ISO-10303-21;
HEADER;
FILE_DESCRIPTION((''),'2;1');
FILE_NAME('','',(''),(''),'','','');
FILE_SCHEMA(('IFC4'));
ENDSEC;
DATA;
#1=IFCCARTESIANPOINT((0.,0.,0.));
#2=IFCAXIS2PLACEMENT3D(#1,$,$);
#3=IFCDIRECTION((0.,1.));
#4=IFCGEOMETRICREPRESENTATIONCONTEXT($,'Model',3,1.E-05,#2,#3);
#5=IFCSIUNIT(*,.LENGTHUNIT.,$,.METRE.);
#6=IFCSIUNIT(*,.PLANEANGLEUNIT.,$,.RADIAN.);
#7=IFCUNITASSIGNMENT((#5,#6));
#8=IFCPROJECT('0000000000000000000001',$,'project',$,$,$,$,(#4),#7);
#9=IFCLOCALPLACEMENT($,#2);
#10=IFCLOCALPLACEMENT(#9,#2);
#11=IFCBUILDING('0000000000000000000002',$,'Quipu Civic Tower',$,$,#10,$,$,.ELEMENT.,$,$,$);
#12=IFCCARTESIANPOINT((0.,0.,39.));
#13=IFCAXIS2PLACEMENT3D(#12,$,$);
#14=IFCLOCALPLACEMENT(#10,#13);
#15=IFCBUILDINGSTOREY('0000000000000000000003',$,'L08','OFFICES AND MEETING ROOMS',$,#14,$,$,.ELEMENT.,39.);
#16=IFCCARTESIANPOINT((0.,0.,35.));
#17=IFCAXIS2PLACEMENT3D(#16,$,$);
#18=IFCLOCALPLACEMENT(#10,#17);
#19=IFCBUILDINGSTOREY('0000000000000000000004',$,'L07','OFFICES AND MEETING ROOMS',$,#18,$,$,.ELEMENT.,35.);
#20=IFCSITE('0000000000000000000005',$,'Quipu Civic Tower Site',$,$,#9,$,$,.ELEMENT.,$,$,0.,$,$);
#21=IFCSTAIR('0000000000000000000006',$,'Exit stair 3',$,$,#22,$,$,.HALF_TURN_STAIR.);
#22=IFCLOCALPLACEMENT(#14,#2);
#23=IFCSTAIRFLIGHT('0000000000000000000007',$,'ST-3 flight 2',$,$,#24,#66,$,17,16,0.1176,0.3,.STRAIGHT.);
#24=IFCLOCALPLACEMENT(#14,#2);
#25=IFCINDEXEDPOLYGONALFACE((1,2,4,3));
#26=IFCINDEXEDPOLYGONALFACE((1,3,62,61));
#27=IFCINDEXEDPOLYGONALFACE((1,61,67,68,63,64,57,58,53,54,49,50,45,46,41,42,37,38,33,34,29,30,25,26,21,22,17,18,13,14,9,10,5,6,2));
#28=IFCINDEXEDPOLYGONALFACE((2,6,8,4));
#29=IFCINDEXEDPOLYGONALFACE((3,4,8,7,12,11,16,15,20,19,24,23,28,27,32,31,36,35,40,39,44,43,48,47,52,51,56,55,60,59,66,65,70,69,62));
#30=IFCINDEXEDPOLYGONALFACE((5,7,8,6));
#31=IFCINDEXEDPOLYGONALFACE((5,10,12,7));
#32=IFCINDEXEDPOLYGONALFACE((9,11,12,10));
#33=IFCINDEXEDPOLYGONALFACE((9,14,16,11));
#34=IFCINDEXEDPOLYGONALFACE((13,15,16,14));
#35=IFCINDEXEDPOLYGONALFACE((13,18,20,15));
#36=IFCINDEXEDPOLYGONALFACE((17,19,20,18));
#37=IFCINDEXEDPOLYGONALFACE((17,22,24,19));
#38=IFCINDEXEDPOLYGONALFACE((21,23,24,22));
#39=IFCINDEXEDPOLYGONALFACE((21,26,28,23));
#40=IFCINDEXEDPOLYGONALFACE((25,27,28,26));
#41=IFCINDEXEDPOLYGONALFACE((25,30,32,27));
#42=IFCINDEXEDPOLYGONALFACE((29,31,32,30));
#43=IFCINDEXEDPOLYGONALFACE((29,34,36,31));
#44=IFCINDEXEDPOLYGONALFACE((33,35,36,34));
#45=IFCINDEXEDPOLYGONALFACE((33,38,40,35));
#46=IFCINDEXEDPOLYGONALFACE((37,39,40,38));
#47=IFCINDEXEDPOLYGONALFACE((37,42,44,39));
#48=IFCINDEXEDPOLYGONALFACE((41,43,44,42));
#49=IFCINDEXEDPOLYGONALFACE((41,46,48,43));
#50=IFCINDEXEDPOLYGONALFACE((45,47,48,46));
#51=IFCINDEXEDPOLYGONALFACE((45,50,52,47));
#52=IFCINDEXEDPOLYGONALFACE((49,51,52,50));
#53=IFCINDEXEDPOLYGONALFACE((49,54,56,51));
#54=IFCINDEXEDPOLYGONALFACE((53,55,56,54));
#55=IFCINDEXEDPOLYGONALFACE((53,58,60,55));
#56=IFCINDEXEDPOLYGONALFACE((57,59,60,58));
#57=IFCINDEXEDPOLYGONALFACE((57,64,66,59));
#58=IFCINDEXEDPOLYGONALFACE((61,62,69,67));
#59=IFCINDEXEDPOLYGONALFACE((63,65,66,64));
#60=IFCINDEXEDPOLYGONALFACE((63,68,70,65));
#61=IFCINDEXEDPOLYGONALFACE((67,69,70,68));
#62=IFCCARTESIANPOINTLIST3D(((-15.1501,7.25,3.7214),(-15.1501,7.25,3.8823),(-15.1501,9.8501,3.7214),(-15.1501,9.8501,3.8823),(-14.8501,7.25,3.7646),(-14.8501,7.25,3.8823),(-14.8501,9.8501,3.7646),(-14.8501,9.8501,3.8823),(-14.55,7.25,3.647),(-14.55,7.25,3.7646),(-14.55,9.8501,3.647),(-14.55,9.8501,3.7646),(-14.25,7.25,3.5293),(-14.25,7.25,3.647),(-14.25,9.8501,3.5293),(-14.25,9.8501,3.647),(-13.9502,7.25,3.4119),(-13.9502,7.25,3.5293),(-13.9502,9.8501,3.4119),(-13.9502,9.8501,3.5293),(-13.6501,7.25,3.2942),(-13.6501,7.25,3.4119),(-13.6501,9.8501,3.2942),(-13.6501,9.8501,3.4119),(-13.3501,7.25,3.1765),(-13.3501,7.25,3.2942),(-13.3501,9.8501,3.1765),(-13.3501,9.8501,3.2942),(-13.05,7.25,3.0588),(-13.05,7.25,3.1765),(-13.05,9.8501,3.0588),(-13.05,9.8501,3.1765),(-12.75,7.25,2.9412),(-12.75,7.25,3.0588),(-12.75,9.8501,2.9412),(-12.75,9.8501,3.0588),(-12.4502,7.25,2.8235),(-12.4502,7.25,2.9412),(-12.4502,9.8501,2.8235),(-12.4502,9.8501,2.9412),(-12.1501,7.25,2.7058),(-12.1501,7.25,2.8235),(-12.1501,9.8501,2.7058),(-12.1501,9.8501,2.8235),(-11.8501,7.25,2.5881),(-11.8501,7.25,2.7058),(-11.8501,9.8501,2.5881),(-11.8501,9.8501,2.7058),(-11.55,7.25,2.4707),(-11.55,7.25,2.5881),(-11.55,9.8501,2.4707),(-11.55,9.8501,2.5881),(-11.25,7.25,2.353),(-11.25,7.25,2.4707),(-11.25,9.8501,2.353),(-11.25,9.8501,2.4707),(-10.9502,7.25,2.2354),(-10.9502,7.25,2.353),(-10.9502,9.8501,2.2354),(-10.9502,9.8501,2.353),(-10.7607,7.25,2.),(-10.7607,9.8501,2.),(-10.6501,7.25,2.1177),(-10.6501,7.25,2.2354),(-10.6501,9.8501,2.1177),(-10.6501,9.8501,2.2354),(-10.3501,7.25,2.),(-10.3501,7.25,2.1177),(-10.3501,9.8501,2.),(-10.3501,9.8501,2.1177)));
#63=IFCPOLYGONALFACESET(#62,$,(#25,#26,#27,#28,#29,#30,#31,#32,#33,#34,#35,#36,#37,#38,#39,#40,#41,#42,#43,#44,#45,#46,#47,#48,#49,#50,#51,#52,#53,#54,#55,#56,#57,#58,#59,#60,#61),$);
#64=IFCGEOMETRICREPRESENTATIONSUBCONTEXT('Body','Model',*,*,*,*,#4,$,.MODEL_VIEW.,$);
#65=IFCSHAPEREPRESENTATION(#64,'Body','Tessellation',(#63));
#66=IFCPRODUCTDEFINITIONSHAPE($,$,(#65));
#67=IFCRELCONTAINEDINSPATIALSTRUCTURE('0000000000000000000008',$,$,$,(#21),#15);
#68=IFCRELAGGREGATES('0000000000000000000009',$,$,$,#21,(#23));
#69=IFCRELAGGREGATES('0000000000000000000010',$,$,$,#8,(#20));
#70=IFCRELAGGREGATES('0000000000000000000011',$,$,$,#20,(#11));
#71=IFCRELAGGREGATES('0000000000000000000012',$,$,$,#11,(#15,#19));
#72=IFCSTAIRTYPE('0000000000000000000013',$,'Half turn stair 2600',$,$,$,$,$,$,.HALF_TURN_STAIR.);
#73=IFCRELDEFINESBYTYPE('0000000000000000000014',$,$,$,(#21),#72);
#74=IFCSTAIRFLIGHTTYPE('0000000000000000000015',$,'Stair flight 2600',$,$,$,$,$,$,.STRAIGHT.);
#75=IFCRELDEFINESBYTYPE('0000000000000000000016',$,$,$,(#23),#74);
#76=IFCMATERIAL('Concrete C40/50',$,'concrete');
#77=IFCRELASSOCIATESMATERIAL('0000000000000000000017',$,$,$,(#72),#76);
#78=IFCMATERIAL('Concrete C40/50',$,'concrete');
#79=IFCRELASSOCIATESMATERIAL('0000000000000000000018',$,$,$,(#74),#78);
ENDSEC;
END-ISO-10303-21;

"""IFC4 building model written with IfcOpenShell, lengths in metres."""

from ifc_helpers import new_model, si_unit, direction, frame, origin, place, context, subcontext, project, spatial, polyline, outline, extrude, material, type_object, element, aggregate, save


model = new_model("IFC4")

# Units and contexts
model_context = context("Model", 3, precision=1e-05, world=origin(), true_north=direction((0.0, 1.0)))
body_context = subcontext(model_context, "Body", "Model", "MODEL_VIEW")
ifc_project = project(units=[si_unit("LENGTHUNIT", "METRE"), si_unit("PLANEANGLEUNIT", "RADIAN")], contexts=[model_context])

# Site, building, storey
site_placement = place(None, origin())
site = spatial("IfcSite", under=ifc_project, at=site_placement, Name="Quipu Civic Tower Site", CompositionType="ELEMENT", RefElevation=0.0)
building_placement = place(site_placement, origin())
building = spatial("IfcBuilding", under=site, at=building_placement, Name="Quipu Civic Tower", CompositionType="ELEMENT")
storey_1_placement = place(building_placement, frame((0.0, 0.0, 39.0)))
storey_1 = spatial("IfcBuildingStorey", under=building, at=storey_1_placement, Name="L08", Description="OFFICES AND MEETING ROOMS", CompositionType="ELEMENT", Elevation=39.0)

# Shared definitions
storey_2_placement = place(building_placement, frame((0.0, 0.0, 35.0)))
storey_2 = spatial("IfcBuildingStorey", under=building, at=storey_2_placement, Name="L07", Description="OFFICES AND MEETING ROOMS", CompositionType="ELEMENT", Elevation=35.0)

# Stair, stair flight
ifc_material_1 = material(Name="Concrete C40/50", Category="concrete")
stair_type = type_object("IfcStairType", Name="Half turn stair 2600", PredefinedType="HALF_TURN_STAIR", material=ifc_material_1)
stair_placement = place(storey_1_placement, origin())
stair = element("IfcStair", 1, at=stair_placement, inside=storey_1, type_object=stair_type, Name="Exit stair 3", PredefinedType="HALF_TURN_STAIR")
ifc_material_2 = material(Name="Concrete C40/50", Category="concrete")
stair_flight_type = type_object("IfcStairFlightType", Name="Stair flight 2600", PredefinedType="STRAIGHT", material=ifc_material_2)
stair_flight_1_placement = place(storey_1_placement, frame((-10.3501, 8.55, 2.0), z_axis=(0.0, 0.0, 1.0), x_axis=(-1.0, 0.0, 0.0)))
stair_flight_1 = element("IfcStairFlight", 2, at=stair_flight_1_placement, type_object=stair_flight_type, Name="ST-3 flight 2", NumberOfRisers=17, NumberOfTreads=16, PredefinedType="STRAIGHT", RiserHeight=0.1176, TreadLength=0.3, context=body_context, shape_type="SweptSolid", body=[
    extrude(outline(polyline([(0.0, 0.0), (0.0, 0.1177), (0.3, 0.1177), (0.3, 0.2354), (0.6001, 0.2354), (0.6001, 0.353), (0.8999, 0.353), (0.8999, 0.4707), (1.2, 0.4707), (1.2, 0.5881), (1.5, 0.5881), (1.5, 0.7058), (1.8, 0.7058), (1.8, 0.8235), (2.1001, 0.8235), (2.1001, 0.9412), (2.3999, 0.9412), (2.3999, 1.0588), (2.7, 1.0588), (2.7, 1.1765), (3.0, 1.1765), (3.0, 1.2942), (3.3, 1.2942), (3.3, 1.4119), (3.6001, 1.4119), (3.6001, 1.5293), (3.8999, 1.5293), (3.8999, 1.647), (4.2, 1.647), (4.2, 1.7646), (4.5, 1.7646), (4.5, 1.8823), (4.8, 1.8823), (4.8, 2.0), (4.8, 1.7214), (0.4106, 0.0), (0.0, 0.0)])), frame((0.0, 1.3, 0.0), z_axis=(0.0, -1.0, 0.0), x_axis=(1.0, 0.0, 0.0)), (0.0, 0.0, 1.0), 2.6001),
])
aggregate(stair, [stair_flight_1])

save(model, "model.ifc")
